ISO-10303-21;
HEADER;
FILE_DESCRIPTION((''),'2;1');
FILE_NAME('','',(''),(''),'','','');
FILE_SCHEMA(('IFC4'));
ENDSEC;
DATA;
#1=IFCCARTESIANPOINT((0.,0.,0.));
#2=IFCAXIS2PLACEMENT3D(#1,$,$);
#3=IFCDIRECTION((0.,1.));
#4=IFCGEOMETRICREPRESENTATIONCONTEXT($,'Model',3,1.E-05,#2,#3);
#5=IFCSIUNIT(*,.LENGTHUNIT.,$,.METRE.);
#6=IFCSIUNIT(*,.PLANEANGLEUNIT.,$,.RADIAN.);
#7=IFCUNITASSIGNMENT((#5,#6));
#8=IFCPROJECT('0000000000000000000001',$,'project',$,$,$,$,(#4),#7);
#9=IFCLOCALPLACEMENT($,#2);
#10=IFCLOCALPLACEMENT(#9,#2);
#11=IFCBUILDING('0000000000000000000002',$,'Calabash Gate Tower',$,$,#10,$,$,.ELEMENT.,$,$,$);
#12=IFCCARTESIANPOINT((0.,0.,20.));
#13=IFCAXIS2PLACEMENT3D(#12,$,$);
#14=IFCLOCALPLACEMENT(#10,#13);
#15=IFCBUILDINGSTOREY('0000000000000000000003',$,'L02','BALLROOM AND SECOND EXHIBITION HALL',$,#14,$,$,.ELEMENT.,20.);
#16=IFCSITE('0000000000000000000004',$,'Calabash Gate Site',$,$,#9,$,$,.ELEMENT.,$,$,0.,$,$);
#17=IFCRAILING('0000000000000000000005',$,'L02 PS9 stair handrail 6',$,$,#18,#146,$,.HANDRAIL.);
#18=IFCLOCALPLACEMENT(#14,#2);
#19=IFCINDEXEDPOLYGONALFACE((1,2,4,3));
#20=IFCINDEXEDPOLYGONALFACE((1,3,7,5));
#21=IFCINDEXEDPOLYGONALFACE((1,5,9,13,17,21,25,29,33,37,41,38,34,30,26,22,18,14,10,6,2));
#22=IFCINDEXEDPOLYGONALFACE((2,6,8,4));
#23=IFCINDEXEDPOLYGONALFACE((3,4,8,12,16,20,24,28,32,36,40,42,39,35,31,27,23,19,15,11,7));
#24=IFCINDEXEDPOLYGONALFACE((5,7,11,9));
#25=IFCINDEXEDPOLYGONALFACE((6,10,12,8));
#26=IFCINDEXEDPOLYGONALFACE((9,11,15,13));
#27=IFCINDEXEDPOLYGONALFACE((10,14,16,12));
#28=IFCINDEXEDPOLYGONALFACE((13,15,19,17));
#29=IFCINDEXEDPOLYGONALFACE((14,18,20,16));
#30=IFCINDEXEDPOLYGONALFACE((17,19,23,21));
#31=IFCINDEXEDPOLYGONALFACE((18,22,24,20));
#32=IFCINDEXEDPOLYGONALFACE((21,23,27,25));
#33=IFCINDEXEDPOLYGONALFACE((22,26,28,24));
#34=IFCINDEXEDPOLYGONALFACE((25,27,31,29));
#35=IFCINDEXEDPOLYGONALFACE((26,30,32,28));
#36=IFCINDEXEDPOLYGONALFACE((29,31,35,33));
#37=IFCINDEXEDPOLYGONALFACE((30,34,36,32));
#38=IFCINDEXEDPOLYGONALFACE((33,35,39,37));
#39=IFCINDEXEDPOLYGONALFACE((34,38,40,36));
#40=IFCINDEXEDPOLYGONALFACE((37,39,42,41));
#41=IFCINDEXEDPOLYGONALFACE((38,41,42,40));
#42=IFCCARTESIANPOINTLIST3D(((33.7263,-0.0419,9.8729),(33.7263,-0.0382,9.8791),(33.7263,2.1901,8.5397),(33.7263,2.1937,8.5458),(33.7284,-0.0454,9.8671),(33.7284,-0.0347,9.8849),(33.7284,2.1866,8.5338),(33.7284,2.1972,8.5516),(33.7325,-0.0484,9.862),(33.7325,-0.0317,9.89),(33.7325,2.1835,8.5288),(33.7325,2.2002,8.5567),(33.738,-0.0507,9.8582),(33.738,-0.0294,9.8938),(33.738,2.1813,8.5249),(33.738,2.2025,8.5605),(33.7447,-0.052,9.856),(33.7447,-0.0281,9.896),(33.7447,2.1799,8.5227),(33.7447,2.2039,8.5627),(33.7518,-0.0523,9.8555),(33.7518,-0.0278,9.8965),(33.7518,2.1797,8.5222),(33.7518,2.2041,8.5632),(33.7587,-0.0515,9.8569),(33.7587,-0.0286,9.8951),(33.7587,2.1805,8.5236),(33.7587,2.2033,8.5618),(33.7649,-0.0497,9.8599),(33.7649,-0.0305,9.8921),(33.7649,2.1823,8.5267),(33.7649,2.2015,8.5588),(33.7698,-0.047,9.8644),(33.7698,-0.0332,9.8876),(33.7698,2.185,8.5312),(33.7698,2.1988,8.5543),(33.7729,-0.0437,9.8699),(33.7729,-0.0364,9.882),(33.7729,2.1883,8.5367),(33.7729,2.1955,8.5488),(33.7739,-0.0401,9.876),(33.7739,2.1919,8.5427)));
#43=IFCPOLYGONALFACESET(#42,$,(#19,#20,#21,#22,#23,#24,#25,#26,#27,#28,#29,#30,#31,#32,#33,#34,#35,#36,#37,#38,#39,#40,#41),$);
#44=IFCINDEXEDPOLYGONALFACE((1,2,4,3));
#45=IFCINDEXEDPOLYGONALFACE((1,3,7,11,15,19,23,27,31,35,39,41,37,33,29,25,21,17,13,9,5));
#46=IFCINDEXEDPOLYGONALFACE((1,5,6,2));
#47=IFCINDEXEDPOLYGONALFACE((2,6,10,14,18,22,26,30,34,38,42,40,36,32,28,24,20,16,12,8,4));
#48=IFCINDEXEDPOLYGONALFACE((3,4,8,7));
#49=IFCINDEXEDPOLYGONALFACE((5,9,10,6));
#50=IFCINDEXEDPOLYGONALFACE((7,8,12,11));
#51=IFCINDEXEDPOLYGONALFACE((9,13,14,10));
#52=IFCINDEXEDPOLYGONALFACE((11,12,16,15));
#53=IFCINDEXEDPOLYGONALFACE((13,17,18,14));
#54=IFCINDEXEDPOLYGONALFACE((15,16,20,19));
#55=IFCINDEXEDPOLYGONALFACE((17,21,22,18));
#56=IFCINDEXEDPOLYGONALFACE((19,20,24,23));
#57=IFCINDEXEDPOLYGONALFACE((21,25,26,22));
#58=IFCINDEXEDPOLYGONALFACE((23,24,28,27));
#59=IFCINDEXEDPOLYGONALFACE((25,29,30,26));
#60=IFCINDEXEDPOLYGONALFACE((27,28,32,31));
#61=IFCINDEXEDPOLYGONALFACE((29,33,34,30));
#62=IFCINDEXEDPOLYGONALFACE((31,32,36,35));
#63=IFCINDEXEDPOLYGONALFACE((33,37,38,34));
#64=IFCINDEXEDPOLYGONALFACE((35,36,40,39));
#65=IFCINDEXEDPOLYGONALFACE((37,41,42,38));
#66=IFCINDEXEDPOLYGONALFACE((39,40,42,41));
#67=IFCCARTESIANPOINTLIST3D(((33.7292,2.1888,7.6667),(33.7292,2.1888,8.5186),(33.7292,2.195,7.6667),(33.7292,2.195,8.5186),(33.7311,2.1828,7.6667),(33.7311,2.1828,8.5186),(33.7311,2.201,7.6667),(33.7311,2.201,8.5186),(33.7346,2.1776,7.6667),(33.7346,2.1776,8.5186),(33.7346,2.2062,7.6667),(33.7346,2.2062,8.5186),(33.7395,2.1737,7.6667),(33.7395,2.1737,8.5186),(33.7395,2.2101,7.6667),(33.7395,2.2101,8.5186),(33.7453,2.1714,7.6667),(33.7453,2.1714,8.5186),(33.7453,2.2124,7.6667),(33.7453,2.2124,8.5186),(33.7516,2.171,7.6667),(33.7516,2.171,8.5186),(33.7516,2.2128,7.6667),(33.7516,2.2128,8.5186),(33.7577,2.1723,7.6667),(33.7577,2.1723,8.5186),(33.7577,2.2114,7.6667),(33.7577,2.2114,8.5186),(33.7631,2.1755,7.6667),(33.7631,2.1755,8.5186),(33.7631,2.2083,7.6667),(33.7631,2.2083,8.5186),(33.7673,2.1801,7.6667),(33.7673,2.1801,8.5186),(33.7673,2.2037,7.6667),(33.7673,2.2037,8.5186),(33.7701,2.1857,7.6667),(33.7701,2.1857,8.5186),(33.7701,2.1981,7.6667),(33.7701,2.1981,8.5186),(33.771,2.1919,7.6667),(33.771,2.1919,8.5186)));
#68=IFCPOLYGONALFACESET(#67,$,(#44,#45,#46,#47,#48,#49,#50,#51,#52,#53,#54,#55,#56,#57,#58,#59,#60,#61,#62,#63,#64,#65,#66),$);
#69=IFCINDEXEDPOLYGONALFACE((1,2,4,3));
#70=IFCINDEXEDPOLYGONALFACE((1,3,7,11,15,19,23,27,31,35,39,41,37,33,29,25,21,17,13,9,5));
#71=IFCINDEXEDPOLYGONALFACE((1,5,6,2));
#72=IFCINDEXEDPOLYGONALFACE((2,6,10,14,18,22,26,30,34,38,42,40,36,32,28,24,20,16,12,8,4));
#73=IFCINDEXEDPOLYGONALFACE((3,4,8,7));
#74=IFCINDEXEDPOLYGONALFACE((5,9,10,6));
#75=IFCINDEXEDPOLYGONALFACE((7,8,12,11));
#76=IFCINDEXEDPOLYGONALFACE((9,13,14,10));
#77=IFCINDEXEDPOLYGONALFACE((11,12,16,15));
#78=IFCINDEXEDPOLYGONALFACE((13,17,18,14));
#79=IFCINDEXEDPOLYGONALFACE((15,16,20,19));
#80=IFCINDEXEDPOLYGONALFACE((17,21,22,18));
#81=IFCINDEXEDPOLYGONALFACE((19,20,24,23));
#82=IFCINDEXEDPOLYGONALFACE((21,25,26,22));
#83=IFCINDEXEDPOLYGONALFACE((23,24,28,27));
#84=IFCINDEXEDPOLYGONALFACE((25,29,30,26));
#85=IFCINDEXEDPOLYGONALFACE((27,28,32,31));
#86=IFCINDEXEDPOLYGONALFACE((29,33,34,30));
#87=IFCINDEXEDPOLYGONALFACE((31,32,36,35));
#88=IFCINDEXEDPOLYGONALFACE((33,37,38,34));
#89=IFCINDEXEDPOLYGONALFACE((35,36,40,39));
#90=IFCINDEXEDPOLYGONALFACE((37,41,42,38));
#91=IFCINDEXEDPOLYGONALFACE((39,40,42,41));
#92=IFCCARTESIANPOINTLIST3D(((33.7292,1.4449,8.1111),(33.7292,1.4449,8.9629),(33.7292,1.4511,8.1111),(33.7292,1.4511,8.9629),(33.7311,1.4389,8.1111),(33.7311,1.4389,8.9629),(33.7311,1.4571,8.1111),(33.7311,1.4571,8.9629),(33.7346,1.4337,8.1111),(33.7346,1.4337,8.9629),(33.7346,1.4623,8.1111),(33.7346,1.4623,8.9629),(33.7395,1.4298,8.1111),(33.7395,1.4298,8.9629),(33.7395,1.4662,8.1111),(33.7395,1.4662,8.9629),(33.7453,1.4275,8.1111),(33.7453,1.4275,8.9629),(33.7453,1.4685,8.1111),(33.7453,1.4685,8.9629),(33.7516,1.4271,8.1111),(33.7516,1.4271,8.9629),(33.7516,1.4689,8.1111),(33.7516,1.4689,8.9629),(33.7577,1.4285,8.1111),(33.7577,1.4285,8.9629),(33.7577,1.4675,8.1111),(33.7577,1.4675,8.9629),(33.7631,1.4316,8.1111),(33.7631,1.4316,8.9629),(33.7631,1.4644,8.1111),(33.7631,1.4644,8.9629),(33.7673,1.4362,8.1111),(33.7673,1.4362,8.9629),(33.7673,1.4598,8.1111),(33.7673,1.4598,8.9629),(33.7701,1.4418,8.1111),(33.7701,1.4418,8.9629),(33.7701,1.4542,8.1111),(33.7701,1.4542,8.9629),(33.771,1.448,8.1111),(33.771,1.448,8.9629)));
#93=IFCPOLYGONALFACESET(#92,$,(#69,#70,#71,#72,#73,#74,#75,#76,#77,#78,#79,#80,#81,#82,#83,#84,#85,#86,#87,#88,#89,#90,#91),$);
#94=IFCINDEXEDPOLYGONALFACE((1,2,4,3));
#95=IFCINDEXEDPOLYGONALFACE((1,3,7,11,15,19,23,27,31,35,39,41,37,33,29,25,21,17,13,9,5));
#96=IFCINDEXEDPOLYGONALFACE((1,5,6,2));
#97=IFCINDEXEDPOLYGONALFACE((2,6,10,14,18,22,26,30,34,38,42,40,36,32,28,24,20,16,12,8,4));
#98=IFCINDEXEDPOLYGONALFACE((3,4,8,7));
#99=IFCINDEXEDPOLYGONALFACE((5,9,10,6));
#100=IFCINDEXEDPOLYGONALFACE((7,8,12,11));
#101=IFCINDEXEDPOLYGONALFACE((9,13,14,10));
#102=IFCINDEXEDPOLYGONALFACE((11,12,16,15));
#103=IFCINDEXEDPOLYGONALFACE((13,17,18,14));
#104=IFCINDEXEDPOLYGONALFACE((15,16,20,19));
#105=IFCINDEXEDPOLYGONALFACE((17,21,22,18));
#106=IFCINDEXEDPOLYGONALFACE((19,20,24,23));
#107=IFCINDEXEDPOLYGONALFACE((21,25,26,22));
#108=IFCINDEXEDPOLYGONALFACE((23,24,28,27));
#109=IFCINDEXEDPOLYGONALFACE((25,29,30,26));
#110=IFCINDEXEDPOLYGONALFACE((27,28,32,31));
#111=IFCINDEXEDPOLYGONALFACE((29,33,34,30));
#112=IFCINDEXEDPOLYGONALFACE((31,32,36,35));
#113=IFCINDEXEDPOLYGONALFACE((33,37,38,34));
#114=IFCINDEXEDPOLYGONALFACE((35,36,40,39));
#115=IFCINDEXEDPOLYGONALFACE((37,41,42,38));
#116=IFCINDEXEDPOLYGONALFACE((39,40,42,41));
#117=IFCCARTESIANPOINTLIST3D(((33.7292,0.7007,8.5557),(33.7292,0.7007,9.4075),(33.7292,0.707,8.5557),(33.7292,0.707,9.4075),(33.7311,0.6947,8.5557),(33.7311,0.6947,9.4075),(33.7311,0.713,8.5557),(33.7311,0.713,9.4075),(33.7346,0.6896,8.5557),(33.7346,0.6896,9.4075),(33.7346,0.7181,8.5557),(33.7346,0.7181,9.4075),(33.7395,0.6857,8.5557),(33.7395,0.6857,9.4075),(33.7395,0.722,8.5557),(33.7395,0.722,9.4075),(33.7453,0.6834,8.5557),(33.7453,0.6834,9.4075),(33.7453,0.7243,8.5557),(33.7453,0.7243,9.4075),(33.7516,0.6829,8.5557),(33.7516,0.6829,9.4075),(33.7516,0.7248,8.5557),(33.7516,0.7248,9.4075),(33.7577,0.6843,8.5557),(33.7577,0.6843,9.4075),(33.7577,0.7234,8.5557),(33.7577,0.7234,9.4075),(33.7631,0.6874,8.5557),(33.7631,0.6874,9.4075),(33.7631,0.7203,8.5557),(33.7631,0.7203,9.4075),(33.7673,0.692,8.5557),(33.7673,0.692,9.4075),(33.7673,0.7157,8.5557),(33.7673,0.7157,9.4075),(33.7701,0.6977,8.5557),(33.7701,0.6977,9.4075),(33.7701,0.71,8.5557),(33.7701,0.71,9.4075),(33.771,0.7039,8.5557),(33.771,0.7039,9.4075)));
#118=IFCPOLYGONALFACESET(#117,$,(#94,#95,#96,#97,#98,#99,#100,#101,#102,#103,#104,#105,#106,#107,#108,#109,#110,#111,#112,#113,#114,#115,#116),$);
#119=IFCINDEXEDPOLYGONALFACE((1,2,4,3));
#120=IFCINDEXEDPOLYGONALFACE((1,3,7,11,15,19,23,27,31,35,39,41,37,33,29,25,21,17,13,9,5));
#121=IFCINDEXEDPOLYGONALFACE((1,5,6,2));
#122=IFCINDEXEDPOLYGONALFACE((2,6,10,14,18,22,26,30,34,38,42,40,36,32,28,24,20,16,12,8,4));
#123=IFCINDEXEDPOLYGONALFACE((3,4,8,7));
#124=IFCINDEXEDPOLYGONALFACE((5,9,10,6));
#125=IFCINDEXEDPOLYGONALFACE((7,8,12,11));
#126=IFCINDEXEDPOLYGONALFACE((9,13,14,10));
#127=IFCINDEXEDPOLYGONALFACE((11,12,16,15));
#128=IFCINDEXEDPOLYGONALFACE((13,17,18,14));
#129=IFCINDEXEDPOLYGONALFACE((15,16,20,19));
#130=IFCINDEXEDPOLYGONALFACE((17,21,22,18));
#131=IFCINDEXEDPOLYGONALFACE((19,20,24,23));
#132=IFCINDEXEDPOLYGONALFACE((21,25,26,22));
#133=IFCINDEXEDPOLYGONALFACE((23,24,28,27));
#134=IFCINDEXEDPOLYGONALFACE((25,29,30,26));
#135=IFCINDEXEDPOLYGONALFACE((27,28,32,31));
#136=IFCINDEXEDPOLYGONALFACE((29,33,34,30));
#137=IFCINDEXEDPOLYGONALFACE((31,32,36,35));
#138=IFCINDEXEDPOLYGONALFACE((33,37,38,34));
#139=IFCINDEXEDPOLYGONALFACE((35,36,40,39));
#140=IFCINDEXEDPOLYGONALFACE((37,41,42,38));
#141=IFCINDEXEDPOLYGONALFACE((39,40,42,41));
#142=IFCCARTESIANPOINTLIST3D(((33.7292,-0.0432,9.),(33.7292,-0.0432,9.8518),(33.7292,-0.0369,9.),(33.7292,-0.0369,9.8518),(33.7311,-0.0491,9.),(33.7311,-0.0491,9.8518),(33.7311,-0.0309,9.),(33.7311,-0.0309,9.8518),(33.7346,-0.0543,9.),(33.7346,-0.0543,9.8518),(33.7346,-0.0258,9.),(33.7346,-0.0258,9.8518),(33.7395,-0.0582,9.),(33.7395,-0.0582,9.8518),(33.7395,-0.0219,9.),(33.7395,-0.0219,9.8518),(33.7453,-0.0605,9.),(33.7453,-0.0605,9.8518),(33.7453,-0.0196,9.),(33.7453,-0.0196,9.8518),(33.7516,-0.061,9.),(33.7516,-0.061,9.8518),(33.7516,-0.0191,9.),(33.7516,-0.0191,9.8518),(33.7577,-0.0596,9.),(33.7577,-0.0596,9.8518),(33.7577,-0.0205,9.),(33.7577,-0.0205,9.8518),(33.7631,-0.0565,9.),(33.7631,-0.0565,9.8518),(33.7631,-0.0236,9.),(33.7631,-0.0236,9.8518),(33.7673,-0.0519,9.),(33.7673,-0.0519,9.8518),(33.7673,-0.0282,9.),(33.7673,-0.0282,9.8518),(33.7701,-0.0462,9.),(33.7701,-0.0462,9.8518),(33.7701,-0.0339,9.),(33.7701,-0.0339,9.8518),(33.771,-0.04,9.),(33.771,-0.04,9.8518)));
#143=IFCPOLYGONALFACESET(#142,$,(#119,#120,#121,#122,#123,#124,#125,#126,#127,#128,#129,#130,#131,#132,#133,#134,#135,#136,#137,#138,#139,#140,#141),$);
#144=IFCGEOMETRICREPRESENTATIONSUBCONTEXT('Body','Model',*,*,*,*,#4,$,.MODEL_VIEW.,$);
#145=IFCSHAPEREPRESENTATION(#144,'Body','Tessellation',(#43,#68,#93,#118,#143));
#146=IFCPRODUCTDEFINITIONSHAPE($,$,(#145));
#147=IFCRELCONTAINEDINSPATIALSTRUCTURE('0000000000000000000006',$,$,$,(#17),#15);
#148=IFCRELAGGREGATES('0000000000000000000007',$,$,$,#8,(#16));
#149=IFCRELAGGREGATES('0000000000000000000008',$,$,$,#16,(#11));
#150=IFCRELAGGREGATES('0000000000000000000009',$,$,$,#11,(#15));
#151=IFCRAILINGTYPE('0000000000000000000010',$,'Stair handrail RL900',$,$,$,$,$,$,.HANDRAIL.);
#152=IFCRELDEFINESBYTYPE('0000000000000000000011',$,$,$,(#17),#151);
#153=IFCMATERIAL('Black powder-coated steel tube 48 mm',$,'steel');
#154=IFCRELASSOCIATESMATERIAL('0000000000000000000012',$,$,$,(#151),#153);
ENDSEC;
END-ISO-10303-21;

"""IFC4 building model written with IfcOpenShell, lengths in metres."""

from ifc_helpers import new_model, si_unit, direction, frame, origin, origin_2d, place, context, subcontext, project, spatial, circle, extrude, material, type_object, element, save


model = new_model("IFC4")

# Units and contexts
model_context = context("Model", 3, precision=1e-05, world=origin(), true_north=direction((0.0, 1.0)))
body_context = subcontext(model_context, "Body", "Model", "MODEL_VIEW")
ifc_project = project(units=[si_unit("LENGTHUNIT", "METRE"), si_unit("PLANEANGLEUNIT", "RADIAN")], contexts=[model_context])

# Site, building, storey
site_placement = place(None, origin())
site = spatial("IfcSite", under=ifc_project, at=site_placement, Name="Calabash Gate Site", CompositionType="ELEMENT", RefElevation=0.0)
building_placement = place(site_placement, origin())
building = spatial("IfcBuilding", under=site, at=building_placement, Name="Calabash Gate Tower", CompositionType="ELEMENT")
storey_placement = place(building_placement, frame((0.0, 0.0, 20.0)))
storey = spatial("IfcBuildingStorey", under=building, at=storey_placement, Name="L02", Description="BALLROOM AND SECOND EXHIBITION HALL", CompositionType="ELEMENT", Elevation=20.0)

# Railing
ifc_material_1 = material(Name="Black powder-coated steel tube 48 mm", Category="steel")
railing_type = type_object("IfcRailingType", Name="Stair handrail RL900", PredefinedType="HANDRAIL", material=ifc_material_1)
for number, where, name in (
    (1, (33.75, 2.1919, 7.6667), "L02 PS9 stair handrail 6"),
):
    element("IfcRailing", number, at=place(storey_placement, frame(where)), inside=storey, type_object=railing_type, Name=name, PredefinedType="HANDRAIL", context=body_context, shape_type="SweptSolid", body=[
        extrude(circle(Radius=0.0239, at=origin_2d()), frame((0.0, 0.0, 0.876), z_axis=(0.0, -0.858494, 0.512824), x_axis=(1.0, 0.0, 0.0)), (0.0, 0.0, 1.0), 2.5999),
        extrude(circle(Radius=0.021, at=origin_2d()), origin(), (0.0, 0.0, 1.0), 0.8518),
        extrude(circle(Radius=0.021, at=origin_2d()), frame((0.0, -0.7439, 0.4443)), (0.0, 0.0, 1.0), 0.8518),
        extrude(circle(Radius=0.021, at=origin_2d()), frame((0.0, -1.488, 0.8889)), (0.0, 0.0, 1.0), 0.8518),
        extrude(circle(Radius=0.021, at=origin_2d()), frame((0.0, -2.2319, 1.3333)), (0.0, 0.0, 1.0), 0.8518),
    ])

save(model, "model.ifc")
